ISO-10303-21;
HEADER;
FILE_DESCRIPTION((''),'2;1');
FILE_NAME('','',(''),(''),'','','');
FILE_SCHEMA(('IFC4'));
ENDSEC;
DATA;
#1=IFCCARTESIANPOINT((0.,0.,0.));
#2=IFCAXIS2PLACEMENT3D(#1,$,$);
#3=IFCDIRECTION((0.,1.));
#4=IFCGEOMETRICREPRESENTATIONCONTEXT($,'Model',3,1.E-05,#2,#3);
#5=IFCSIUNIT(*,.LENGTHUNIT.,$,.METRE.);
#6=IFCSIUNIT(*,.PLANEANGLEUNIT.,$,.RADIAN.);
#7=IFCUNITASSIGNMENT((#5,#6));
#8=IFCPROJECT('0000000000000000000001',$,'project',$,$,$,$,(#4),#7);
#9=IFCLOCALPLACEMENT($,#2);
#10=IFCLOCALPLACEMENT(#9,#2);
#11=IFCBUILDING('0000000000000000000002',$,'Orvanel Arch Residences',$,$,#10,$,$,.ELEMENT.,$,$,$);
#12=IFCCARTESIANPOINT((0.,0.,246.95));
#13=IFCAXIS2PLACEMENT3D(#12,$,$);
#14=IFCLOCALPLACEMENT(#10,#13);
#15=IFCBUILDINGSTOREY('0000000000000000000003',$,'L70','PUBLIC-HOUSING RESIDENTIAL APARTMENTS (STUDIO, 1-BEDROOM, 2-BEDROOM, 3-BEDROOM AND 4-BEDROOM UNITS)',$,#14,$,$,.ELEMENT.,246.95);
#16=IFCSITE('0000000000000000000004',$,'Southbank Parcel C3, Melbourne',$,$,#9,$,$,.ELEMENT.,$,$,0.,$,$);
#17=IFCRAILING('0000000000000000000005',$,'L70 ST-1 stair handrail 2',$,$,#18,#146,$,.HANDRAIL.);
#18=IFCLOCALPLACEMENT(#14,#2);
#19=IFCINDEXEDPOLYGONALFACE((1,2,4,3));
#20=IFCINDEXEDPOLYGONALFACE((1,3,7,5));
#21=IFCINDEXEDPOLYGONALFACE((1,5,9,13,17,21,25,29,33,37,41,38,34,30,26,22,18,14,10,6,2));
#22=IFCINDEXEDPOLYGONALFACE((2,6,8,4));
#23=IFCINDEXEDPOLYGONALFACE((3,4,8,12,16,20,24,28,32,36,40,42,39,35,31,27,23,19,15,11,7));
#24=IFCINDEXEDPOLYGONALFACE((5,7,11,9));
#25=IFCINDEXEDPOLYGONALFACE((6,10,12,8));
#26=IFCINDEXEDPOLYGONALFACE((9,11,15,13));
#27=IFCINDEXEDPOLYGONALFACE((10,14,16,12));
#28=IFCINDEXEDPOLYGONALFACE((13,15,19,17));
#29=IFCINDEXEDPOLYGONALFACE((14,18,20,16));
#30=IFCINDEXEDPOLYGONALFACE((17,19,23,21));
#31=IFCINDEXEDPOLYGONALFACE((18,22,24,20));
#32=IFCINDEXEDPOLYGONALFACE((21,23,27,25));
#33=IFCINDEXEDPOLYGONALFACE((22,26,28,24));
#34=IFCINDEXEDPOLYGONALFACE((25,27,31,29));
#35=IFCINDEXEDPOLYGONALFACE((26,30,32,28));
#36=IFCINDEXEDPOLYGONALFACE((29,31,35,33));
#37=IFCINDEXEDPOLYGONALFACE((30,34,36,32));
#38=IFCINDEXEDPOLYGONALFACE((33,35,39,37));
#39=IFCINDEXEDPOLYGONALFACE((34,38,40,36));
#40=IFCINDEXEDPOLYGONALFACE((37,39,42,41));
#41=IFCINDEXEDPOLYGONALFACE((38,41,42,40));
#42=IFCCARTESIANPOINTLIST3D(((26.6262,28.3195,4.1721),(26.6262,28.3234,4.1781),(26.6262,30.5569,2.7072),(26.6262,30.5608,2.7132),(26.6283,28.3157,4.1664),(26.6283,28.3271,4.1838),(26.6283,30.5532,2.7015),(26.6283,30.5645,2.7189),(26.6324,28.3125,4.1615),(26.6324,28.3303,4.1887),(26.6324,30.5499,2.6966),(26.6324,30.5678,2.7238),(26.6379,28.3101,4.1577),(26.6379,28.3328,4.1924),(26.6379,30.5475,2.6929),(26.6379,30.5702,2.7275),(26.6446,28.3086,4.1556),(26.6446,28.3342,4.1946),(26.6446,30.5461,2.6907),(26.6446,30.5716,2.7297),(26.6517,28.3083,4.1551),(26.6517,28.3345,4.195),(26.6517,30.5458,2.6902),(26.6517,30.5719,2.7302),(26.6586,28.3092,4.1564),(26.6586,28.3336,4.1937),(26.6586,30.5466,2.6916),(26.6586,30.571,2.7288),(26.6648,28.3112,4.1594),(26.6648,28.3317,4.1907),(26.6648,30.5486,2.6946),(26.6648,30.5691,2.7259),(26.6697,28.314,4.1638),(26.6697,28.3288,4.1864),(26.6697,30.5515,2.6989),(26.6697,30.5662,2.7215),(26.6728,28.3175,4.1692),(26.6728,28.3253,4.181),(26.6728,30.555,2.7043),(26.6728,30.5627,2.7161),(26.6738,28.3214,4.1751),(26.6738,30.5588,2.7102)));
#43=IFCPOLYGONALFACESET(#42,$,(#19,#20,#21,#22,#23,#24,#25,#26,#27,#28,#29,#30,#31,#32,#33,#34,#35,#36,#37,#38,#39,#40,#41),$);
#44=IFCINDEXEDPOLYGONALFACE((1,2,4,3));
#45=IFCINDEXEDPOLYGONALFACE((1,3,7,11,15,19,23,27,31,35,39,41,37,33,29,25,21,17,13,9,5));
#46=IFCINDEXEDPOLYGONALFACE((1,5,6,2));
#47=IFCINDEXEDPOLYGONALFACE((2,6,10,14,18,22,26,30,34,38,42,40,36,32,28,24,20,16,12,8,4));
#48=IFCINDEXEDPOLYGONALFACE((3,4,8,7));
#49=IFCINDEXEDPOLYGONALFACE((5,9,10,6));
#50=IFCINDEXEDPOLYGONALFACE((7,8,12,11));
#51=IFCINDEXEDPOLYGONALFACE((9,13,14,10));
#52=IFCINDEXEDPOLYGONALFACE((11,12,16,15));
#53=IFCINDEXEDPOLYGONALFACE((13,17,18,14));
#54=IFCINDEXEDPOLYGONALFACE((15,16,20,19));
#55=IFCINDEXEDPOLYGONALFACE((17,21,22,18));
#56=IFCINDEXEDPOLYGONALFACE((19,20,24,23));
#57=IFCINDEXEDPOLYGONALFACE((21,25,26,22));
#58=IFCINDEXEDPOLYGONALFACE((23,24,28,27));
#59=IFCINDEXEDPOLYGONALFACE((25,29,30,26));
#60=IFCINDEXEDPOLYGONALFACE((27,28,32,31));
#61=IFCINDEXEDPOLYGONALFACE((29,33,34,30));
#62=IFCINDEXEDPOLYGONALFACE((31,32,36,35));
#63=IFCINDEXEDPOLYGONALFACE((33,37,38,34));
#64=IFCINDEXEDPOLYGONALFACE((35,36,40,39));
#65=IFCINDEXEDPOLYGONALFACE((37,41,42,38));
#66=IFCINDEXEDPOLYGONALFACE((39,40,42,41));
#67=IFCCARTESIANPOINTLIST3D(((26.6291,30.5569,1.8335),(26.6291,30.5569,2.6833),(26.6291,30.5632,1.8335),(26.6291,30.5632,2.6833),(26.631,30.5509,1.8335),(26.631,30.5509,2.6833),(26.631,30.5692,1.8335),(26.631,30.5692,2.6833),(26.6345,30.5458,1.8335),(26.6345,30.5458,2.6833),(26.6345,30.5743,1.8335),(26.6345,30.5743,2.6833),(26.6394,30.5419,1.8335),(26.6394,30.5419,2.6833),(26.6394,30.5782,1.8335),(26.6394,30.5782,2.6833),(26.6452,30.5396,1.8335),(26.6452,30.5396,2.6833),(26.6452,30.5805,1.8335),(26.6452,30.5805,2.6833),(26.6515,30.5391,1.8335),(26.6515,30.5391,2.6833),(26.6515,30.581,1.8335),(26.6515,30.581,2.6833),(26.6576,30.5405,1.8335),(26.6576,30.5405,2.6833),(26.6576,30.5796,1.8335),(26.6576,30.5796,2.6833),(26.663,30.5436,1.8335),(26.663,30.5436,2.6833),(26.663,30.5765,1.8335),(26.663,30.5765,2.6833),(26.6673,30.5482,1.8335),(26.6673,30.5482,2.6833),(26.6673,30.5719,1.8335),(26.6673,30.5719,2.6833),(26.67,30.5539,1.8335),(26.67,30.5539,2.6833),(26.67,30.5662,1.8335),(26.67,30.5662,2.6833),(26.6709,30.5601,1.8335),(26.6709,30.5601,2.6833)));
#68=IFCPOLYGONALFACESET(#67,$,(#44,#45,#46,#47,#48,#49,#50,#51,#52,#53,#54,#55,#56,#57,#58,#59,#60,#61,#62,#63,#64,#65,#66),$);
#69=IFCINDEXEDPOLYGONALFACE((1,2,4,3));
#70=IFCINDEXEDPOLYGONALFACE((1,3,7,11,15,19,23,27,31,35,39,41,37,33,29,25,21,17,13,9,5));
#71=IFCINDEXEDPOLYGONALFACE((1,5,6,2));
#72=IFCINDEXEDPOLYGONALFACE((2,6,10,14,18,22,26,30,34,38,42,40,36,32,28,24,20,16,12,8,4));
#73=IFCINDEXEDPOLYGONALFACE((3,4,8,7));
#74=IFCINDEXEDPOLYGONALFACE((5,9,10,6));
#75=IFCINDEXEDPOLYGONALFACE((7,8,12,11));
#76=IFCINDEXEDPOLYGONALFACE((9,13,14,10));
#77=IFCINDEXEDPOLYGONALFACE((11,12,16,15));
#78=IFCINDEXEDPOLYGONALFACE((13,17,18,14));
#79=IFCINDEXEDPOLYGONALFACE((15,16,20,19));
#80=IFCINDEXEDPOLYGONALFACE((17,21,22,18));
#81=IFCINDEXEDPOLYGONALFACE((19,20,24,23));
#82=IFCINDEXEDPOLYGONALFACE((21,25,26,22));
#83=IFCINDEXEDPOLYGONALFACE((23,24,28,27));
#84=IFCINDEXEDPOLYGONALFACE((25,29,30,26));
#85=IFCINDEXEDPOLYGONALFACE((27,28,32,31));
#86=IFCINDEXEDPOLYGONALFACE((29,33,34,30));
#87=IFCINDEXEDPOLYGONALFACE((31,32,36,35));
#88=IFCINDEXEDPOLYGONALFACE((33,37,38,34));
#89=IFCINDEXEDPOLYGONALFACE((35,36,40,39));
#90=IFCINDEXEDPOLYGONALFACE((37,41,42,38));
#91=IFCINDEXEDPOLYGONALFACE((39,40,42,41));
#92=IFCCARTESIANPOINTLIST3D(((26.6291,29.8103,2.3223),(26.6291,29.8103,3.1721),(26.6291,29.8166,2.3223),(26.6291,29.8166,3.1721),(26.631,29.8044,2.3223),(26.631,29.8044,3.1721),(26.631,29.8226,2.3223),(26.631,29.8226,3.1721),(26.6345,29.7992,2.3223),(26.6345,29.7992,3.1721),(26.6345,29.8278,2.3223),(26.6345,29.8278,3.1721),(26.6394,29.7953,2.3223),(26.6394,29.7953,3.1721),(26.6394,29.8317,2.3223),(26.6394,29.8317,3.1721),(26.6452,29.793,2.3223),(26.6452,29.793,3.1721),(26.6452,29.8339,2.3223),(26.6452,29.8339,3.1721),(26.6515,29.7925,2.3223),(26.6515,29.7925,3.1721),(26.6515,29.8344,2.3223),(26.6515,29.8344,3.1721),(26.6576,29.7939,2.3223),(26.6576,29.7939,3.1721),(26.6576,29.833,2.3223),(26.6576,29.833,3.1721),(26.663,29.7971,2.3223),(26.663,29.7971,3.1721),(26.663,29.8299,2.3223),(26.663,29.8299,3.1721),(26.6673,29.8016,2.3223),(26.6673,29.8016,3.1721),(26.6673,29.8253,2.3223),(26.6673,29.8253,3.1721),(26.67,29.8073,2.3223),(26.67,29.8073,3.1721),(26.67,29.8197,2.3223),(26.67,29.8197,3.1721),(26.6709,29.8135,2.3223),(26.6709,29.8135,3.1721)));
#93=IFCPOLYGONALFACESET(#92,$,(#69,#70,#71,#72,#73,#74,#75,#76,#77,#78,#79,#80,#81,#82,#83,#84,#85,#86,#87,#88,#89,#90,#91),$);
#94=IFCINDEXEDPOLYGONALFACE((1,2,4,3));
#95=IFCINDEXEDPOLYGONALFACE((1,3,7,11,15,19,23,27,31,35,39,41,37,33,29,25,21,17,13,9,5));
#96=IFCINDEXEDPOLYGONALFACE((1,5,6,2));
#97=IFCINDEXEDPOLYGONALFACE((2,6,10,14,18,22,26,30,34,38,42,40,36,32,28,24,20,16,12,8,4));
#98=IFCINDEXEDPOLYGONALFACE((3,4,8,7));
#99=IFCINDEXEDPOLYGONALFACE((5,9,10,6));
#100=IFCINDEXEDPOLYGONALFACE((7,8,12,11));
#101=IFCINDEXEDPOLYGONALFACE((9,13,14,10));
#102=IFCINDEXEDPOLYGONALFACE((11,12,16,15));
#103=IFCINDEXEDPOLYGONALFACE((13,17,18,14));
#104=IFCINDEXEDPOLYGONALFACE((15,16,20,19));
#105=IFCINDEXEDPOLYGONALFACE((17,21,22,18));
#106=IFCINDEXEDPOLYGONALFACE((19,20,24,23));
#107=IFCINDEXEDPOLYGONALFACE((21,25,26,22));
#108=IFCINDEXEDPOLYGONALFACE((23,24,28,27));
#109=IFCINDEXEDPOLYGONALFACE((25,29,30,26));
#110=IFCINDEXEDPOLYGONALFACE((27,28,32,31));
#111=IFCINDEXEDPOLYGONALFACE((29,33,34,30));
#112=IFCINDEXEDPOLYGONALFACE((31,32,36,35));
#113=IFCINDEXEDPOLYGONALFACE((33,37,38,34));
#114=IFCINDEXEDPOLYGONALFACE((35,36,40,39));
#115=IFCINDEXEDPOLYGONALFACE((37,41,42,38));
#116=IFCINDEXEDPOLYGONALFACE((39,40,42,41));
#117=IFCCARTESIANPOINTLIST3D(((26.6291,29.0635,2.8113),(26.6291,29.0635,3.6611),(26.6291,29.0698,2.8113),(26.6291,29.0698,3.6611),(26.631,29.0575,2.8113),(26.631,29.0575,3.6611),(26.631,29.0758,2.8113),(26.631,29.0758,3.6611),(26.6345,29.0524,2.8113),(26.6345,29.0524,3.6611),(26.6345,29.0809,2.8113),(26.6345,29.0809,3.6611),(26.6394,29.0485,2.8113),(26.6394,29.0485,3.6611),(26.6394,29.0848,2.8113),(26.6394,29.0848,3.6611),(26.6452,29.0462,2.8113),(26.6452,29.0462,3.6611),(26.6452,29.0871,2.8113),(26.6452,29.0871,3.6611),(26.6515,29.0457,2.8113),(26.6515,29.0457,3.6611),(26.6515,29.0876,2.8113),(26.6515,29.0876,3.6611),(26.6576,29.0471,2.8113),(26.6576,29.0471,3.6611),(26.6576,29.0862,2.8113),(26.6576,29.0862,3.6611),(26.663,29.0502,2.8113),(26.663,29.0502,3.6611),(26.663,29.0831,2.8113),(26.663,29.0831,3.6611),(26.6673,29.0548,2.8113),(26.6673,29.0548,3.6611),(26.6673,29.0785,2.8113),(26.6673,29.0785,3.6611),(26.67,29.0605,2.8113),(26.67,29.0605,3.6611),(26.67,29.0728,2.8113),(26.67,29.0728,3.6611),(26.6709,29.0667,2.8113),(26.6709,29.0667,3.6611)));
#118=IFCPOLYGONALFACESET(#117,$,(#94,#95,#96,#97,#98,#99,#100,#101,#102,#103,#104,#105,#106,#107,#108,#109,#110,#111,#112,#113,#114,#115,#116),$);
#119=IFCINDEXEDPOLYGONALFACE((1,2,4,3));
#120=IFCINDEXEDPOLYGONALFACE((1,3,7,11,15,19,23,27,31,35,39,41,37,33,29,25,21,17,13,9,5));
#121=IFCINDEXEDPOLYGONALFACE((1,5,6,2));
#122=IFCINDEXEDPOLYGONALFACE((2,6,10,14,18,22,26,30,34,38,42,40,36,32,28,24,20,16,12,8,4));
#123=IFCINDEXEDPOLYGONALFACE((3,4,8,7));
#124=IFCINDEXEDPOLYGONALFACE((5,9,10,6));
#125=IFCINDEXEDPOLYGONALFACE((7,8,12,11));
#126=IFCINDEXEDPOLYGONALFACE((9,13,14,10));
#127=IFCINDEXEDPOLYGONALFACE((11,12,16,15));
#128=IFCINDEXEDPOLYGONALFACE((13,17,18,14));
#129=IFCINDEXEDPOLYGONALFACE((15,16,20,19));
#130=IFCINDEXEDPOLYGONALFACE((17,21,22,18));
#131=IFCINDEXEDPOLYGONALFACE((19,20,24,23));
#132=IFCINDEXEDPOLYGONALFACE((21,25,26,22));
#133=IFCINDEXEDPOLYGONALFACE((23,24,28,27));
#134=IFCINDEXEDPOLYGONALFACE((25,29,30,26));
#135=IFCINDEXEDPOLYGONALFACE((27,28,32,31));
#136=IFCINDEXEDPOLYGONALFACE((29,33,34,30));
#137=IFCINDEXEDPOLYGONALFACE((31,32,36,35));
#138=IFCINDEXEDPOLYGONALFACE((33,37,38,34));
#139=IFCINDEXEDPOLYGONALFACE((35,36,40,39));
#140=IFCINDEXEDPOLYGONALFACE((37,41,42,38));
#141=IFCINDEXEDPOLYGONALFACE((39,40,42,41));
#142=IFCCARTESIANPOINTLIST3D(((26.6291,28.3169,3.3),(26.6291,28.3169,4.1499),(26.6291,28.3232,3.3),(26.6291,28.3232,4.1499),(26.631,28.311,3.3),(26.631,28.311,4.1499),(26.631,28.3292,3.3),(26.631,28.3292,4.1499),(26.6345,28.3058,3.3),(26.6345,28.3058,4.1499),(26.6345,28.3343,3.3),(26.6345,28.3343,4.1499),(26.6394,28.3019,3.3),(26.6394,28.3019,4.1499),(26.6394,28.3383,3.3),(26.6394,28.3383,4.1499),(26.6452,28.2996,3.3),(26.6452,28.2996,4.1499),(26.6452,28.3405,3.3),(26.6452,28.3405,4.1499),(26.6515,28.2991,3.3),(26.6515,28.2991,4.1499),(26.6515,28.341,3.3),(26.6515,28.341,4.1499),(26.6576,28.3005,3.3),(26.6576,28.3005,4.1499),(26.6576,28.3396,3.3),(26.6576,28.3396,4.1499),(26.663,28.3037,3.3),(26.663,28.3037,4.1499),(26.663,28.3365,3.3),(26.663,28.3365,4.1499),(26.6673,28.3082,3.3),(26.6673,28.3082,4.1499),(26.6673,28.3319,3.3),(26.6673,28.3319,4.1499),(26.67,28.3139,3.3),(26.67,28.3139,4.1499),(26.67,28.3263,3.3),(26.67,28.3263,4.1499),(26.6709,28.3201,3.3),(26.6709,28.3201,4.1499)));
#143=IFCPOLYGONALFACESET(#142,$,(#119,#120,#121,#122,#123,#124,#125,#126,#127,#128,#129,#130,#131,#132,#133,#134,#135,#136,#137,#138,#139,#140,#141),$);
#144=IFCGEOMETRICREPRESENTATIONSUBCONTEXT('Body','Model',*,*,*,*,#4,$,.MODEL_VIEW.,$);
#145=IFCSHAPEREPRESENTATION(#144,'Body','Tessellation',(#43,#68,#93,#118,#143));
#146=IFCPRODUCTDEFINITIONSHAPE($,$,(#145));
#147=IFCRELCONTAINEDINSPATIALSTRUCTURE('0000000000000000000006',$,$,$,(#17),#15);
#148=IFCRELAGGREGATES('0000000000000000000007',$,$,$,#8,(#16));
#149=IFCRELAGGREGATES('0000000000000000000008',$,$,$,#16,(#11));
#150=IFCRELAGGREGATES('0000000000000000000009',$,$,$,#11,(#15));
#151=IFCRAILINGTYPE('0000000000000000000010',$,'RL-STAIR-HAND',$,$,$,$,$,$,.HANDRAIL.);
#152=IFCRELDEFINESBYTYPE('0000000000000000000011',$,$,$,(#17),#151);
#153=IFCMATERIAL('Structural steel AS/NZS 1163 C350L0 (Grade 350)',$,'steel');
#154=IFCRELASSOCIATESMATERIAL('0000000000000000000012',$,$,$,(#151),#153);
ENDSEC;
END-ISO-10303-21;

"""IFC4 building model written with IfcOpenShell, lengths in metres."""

from ifc_helpers import new_model, si_unit, direction, frame, origin, origin_2d, place, context, subcontext, project, spatial, circle, extrude, material, type_object, element, save


model = new_model("IFC4")

# Units and contexts
model_context = context("Model", 3, precision=1e-05, world=origin(), true_north=direction((0.0, 1.0)))
body_context = subcontext(model_context, "Body", "Model", "MODEL_VIEW")
ifc_project = project(units=[si_unit("LENGTHUNIT", "METRE"), si_unit("PLANEANGLEUNIT", "RADIAN")], contexts=[model_context])

# Site, building, storey
site_placement = place(None, origin())
site = spatial("IfcSite", under=ifc_project, at=site_placement, Name="Southbank Parcel C3, Melbourne", CompositionType="ELEMENT", RefElevation=0.0)
building_placement = place(site_placement, origin())
building = spatial("IfcBuilding", under=site, at=building_placement, Name="Orvanel Arch Residences", CompositionType="ELEMENT")
storey_placement = place(building_placement, frame((0.0, 0.0, 246.95)))
storey = spatial("IfcBuildingStorey", under=building, at=storey_placement, Name="L70", Description="PUBLIC-HOUSING RESIDENTIAL APARTMENTS (STUDIO, 1-BEDROOM, 2-BEDROOM, 3-BEDROOM AND 4-BEDROOM UNITS)", CompositionType="ELEMENT", Elevation=246.95)

# Railing
ifc_material_1 = material(Name="Structural steel AS/NZS 1163 C350L0 (Grade 350)", Category="steel")
railing_type_1 = type_object("IfcRailingType", Name="RL-STAIR-HAND", PredefinedType="HANDRAIL", material=ifc_material_1)
railing_1_placement = place(storey_placement, frame((26.6499, 30.5601, 1.8335)))
element("IfcRailing", 1, at=railing_1_placement, inside=storey, type_object=railing_type_1, Name="L70 ST-1 stair handrail 2", PredefinedType="HANDRAIL", context=body_context, shape_type="SweptSolid", body=[
    extrude(circle(Radius=0.0239, at=origin_2d()), frame((0.0, -0.0012, 0.8767), z_axis=(0.0, -0.836637, 0.547758), x_axis=(1.0, 0.0, 0.0)), (0.0, 0.0, 1.0), 2.6743),
    extrude(circle(Radius=0.021, at=origin_2d()), origin(), (0.0, 0.0, 1.0), 0.8499),
    extrude(circle(Radius=0.021, at=origin_2d()), frame((0.0, -0.7466, 0.4888)), (0.0, 0.0, 1.0), 0.8499),
    extrude(circle(Radius=0.021, at=origin_2d()), frame((0.0, -1.4934, 0.9778)), (0.0, 0.0, 1.0), 0.8499),
    extrude(circle(Radius=0.021, at=origin_2d()), frame((0.0, -2.24, 1.4666)), (0.0, 0.0, 1.0), 0.8499),
])

save(model, "model.ifc")
